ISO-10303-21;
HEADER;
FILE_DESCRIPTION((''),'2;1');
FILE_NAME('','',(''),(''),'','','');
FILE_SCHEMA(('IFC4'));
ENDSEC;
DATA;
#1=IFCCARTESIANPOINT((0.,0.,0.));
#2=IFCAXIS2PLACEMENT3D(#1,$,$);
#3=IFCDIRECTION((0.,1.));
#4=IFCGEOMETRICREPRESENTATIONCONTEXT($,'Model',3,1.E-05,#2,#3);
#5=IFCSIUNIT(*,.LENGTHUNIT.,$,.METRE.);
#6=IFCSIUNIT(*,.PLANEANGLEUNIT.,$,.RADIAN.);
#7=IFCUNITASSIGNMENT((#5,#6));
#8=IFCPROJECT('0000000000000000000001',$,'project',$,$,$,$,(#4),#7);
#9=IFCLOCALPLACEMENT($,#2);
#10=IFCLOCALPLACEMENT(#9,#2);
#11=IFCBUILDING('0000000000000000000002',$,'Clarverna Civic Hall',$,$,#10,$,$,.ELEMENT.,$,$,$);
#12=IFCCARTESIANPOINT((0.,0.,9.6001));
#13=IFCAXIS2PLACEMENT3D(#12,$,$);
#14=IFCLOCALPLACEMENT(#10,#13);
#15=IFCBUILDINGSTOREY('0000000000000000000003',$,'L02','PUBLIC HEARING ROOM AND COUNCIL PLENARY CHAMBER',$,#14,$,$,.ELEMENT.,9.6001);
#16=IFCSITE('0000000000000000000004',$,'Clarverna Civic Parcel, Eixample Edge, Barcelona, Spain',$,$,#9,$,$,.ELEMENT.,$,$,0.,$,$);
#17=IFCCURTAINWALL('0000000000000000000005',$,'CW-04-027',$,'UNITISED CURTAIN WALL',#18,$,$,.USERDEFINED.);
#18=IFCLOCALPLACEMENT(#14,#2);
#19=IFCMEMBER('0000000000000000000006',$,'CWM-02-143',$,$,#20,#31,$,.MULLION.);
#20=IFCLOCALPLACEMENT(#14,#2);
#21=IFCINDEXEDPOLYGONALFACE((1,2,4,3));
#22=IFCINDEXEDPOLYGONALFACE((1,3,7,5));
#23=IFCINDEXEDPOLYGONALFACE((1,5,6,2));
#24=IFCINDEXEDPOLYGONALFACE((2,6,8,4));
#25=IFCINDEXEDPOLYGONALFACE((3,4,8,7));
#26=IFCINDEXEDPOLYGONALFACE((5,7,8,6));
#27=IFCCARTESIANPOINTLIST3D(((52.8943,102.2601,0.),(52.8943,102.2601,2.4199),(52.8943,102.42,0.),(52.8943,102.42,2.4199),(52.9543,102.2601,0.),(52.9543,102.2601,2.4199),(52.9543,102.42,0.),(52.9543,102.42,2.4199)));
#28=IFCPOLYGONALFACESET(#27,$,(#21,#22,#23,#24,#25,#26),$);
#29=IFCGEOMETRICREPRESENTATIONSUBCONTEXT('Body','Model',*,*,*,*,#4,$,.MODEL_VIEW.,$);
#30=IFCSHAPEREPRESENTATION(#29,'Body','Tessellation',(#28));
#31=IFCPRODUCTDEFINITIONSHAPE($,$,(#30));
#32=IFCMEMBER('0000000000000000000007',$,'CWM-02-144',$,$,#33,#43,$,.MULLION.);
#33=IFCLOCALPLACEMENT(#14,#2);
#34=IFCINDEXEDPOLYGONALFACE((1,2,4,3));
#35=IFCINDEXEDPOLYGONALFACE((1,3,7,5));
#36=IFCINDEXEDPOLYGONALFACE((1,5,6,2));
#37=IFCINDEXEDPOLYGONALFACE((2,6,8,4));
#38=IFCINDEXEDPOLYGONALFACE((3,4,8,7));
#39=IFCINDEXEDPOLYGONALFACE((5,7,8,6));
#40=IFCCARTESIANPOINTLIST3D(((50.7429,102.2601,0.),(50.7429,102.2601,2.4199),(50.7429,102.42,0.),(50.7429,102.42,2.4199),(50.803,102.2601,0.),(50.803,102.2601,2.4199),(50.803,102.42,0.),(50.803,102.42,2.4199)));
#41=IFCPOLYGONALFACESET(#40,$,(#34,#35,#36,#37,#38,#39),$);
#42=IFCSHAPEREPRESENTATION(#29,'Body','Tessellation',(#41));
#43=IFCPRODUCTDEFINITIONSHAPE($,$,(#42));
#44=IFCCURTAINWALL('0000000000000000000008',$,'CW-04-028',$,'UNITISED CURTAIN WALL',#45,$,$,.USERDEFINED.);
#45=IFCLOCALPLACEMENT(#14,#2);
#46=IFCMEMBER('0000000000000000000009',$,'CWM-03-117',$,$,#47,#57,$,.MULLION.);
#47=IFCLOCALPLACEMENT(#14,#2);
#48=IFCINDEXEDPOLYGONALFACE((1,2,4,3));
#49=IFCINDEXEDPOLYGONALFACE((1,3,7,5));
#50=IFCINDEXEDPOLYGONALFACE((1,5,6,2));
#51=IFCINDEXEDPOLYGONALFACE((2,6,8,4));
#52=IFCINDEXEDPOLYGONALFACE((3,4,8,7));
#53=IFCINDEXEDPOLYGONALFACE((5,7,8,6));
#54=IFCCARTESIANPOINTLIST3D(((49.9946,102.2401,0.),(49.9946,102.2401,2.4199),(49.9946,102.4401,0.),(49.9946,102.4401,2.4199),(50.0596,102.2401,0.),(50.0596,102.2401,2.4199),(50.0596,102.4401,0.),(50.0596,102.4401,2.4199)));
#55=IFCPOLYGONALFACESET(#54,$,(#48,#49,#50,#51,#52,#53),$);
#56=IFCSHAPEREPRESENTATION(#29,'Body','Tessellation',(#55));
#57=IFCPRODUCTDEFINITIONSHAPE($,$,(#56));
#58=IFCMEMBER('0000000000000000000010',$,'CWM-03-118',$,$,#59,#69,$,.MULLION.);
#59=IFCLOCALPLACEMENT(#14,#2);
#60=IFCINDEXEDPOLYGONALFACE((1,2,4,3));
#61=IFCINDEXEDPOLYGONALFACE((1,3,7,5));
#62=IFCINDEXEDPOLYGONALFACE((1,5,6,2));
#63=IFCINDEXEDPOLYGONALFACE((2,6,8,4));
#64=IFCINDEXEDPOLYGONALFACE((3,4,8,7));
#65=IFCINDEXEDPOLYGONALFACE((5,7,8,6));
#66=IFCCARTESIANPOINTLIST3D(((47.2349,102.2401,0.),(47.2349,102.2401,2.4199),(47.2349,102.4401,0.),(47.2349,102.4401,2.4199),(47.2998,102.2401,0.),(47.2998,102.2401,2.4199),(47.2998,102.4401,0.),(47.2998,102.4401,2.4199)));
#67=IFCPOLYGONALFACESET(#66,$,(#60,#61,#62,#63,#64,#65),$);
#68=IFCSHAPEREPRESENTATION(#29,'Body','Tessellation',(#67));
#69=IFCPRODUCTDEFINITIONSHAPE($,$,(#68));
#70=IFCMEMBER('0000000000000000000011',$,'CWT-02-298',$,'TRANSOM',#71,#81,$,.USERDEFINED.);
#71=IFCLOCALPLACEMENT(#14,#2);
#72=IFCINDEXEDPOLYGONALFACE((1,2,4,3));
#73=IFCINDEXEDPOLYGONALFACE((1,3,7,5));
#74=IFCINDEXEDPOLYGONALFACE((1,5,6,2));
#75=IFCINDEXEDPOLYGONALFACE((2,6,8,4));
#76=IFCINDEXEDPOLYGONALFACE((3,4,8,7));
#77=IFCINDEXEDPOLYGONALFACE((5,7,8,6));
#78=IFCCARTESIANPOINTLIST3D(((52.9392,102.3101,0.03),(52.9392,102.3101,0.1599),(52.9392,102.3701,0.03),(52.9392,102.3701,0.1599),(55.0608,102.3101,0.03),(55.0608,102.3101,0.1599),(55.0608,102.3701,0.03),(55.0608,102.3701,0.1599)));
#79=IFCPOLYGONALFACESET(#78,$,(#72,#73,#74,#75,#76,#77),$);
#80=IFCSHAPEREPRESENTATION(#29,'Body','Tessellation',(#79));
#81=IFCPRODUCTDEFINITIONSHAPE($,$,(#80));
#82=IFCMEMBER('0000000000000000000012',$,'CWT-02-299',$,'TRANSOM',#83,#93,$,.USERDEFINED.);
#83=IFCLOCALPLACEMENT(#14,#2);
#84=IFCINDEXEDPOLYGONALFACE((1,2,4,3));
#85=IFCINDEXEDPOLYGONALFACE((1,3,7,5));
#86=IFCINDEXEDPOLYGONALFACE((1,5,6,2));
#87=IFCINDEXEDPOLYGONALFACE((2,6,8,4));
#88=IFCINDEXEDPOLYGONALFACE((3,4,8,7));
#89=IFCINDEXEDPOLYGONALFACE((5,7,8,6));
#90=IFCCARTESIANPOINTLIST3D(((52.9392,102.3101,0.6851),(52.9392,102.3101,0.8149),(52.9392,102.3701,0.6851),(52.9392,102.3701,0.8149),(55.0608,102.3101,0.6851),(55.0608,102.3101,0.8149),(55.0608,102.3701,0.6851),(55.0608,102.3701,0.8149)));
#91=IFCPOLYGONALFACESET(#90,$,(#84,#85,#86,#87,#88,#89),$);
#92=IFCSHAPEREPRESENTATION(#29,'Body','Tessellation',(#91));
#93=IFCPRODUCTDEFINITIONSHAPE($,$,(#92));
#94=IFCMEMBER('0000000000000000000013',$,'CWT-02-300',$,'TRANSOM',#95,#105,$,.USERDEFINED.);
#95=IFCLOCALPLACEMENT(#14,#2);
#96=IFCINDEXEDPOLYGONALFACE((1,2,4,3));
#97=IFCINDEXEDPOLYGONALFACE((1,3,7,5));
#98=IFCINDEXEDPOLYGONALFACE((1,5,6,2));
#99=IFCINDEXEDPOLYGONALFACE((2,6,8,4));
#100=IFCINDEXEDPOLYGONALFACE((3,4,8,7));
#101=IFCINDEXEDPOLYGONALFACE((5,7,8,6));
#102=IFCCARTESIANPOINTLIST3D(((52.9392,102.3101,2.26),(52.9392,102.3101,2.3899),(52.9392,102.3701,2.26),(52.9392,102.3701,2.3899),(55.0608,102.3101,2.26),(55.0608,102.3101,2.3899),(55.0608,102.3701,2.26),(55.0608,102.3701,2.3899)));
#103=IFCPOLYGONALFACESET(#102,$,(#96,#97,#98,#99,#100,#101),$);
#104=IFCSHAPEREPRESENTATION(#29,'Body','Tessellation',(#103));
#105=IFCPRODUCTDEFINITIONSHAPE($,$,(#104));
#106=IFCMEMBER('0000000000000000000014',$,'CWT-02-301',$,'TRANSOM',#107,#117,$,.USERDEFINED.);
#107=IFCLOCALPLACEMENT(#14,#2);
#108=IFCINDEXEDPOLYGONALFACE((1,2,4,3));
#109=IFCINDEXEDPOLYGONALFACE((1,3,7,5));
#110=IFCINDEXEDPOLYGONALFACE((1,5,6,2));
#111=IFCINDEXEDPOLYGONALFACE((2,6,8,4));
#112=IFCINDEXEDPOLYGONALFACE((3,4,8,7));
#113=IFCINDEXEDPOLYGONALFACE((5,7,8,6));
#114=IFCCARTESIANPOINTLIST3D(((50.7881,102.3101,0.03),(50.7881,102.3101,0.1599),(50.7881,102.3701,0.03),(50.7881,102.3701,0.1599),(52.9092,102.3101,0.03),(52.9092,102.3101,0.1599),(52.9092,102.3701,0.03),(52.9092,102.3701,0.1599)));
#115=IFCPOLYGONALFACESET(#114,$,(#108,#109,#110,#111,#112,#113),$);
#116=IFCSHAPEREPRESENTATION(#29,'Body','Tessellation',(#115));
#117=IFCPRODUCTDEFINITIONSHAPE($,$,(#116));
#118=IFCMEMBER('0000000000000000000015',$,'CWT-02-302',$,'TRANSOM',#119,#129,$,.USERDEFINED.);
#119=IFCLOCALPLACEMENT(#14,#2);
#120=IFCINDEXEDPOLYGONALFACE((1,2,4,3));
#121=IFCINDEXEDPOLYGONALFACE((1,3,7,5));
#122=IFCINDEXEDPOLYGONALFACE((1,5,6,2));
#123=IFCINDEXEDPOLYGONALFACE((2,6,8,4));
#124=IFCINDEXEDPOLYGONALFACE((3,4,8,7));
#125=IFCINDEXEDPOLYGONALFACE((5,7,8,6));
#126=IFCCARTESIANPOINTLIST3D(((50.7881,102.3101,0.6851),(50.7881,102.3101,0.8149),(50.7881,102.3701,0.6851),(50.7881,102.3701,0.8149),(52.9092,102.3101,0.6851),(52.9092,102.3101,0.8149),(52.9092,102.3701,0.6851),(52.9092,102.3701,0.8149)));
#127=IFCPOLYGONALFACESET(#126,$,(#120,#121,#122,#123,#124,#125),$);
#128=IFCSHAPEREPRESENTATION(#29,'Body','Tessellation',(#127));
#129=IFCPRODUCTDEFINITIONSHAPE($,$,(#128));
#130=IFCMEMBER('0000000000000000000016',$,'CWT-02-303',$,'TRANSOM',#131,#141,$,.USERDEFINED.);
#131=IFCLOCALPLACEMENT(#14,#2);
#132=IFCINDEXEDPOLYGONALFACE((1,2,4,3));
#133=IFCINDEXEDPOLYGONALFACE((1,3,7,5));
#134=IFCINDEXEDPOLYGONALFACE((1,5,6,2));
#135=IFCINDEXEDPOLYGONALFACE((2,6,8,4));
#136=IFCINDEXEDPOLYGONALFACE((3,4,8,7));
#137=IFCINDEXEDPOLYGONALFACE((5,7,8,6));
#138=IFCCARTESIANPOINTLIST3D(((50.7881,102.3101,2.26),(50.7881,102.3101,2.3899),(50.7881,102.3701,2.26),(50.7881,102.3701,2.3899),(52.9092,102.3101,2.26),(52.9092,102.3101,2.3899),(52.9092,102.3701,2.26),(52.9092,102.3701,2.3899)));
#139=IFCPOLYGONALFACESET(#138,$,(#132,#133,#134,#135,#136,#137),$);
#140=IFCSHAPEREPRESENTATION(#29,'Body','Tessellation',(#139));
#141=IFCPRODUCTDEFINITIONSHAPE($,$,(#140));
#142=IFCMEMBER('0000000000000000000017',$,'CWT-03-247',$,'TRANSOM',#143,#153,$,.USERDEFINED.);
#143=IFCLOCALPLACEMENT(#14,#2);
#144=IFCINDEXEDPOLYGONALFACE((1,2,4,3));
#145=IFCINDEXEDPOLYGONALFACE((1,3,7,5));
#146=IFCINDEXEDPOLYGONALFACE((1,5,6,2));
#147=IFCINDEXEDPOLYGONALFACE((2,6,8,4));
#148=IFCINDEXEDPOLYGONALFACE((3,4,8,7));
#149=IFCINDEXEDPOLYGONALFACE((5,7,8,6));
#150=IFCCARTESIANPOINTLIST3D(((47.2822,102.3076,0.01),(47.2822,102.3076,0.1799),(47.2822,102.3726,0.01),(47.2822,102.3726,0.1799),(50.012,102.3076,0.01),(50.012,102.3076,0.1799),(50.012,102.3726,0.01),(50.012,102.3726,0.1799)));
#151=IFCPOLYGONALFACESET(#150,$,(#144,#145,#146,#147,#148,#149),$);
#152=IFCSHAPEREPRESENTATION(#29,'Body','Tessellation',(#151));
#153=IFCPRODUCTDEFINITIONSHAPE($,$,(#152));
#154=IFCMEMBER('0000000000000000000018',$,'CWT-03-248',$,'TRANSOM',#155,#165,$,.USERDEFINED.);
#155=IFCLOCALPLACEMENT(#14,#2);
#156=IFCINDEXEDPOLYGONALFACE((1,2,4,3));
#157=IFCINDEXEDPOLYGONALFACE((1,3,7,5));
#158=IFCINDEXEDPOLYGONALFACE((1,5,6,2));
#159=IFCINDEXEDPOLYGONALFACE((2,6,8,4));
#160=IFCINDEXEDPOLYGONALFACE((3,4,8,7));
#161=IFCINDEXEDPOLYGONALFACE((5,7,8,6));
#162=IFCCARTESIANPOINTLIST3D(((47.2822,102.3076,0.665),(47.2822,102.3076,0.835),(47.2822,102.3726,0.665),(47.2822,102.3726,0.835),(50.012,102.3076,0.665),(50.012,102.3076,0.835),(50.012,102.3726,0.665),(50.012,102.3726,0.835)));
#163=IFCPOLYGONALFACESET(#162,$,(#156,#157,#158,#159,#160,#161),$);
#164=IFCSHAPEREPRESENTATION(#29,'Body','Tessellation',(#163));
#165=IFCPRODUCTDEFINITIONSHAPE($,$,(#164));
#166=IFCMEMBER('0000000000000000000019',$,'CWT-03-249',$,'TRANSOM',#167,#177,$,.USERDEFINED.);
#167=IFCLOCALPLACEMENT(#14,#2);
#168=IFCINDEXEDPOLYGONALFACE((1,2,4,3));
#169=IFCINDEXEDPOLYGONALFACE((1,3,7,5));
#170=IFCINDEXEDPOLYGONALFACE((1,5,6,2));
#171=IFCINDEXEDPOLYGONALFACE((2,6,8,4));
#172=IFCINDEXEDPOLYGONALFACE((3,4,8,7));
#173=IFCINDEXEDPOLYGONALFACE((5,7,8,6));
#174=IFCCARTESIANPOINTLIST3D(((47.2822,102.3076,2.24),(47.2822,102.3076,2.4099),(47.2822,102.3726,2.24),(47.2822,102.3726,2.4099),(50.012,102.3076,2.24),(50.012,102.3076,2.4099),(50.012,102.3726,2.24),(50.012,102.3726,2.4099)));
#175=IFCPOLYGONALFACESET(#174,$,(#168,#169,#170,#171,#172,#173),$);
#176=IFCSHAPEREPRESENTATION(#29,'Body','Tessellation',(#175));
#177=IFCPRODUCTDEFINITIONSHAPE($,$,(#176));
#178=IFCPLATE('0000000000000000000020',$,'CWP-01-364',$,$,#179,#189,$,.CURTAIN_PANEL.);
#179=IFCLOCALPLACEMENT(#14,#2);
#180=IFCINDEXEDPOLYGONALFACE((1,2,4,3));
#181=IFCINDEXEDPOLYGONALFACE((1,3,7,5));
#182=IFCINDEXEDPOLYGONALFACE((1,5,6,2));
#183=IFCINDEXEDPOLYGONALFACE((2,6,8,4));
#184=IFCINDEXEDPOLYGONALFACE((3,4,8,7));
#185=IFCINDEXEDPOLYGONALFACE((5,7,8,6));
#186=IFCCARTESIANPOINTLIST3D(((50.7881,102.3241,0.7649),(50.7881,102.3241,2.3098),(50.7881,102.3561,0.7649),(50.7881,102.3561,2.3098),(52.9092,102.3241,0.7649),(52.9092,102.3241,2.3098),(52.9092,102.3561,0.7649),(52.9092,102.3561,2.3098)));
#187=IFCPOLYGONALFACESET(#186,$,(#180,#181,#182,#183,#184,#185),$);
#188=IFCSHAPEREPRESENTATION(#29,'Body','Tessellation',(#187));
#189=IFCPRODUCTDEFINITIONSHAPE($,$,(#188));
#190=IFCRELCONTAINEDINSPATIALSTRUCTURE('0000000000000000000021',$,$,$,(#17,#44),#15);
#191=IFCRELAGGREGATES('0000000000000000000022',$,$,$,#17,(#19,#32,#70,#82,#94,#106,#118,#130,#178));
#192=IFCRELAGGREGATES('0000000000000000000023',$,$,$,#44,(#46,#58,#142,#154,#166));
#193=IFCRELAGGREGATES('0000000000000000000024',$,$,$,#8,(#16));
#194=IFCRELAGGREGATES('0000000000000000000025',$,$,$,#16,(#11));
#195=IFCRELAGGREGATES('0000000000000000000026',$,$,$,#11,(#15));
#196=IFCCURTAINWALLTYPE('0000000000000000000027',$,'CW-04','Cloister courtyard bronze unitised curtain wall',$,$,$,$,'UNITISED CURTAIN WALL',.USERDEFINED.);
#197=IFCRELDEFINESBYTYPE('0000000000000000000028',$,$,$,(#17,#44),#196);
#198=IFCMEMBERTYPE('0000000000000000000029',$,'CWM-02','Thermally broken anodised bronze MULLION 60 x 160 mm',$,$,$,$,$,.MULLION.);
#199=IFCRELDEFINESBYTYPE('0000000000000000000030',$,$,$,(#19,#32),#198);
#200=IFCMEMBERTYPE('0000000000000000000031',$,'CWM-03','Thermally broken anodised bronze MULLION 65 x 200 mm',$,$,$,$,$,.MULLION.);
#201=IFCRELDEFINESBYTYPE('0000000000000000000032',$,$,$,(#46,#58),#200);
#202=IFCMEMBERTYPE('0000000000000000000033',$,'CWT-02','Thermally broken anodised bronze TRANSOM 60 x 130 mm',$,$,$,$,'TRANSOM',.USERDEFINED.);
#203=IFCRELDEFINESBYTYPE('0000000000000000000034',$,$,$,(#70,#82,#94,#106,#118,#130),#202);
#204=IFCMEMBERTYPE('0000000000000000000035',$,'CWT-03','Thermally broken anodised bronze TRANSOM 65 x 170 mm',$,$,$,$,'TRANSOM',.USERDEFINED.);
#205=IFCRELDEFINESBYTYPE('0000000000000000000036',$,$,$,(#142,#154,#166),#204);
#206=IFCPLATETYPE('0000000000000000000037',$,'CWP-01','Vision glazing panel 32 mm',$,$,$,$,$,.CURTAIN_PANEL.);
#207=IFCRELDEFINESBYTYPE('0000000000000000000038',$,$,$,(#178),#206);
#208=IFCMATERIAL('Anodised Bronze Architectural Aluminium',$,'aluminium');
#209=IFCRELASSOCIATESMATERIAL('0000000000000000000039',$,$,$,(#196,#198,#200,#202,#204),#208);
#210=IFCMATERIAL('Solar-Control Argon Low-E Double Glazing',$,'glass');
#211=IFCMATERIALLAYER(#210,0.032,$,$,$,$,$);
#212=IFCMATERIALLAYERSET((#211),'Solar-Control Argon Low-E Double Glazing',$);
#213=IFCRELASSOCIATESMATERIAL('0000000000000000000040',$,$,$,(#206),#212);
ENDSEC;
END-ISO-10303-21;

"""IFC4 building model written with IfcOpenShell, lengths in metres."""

from ifc_helpers import new_model, si_unit, direction, frame, frame_2d, origin, origin_2d, place, context, subcontext, project, spatial, rectangle, extrude, material, layer, layer_set, material_profile, profile_set, type_object, element, aggregate, save


model = new_model("IFC4")

# Units and contexts
model_context = context("Model", 3, precision=1e-05, world=origin(), true_north=direction((0.0, 1.0)))
body_context = subcontext(model_context, "Body", "Model", "MODEL_VIEW")
ifc_project = project(units=[si_unit("LENGTHUNIT", "METRE"), si_unit("PLANEANGLEUNIT", "RADIAN")], contexts=[model_context])

# Site, building, storey
site_placement = place(None, origin())
site = spatial("IfcSite", under=ifc_project, at=site_placement, Name="Clarverna Civic Parcel, Eixample Edge, Barcelona, Spain", CompositionType="ELEMENT", RefElevation=0.0)
building_placement = place(site_placement, origin())
building = spatial("IfcBuilding", under=site, at=building_placement, Name="Clarverna Civic Hall", CompositionType="ELEMENT")
storey_placement = place(building_placement, frame((0.0, 0.0, 9.6001)))
storey = spatial("IfcBuildingStorey", under=building, at=storey_placement, Name="L02", Description="PUBLIC HEARING ROOM AND COUNCIL PLENARY CHAMBER", CompositionType="ELEMENT", Elevation=9.6001)

# Curtain walls, members
ifc_material_1 = material(Name="Anodised Bronze Architectural Aluminium", Category="aluminium")
curtain_wall_type = type_object("IfcCurtainWallType", Name="CW-04", Description="Cloister courtyard bronze unitised curtain wall", ElementType="UNITISED CURTAIN WALL", PredefinedType="USERDEFINED", material=ifc_material_1)
curtain_wall_1_placement = place(storey_placement, origin())
curtain_wall_1 = element("IfcCurtainWall", 1, at=curtain_wall_1_placement, inside=storey, type_object=curtain_wall_type, Name="CW-04-027", ObjectType="UNITISED CURTAIN WALL", PredefinedType="USERDEFINED")
ifc_material_profile_1 = material_profile(ifc_material_1, rectangle(XDim=0.0601, YDim=0.1599, at=origin_2d()), Name="BRONZE 60x160")
ifc_profile_set_1 = profile_set([ifc_material_profile_1], Name="Anodised Bronze Architectural Aluminium")
member_type_1 = type_object("IfcMemberType", Name="CWM-02", Description="Thermally broken anodised bronze MULLION 60 x 160 mm", PredefinedType="MULLION", material=ifc_profile_set_1)
member_1_placement = place(storey_placement, frame((52.9243, 102.3401, 0.0), z_axis=(0.0, 0.0, 1.0), x_axis=(1.0, 0.0, 0.0)))
member_1 = element("IfcMember", 2, at=member_1_placement, type_object=member_type_1, Name="CWM-02-143", PredefinedType="MULLION", context=body_context, shape_type="SweptSolid", body=[
    extrude(rectangle(XDim=0.0601, YDim=0.1599, at=origin_2d()), origin(), (0.0, 0.0, 1.0), 2.4199),
])
member_2_placement = place(storey_placement, frame((50.7729, 102.3401, 0.0), z_axis=(0.0, 0.0, 1.0), x_axis=(1.0, 0.0, 0.0)))
member_2 = element("IfcMember", 3, at=member_2_placement, type_object=member_type_1, Name="CWM-02-144", PredefinedType="MULLION", context=body_context, shape_type="SweptSolid", body=[
    extrude(rectangle(XDim=0.0601, YDim=0.1599, at=origin_2d()), origin(), (0.0, 0.0, 1.0), 2.4199),
])
curtain_wall_2_placement = place(storey_placement, origin())
curtain_wall_2 = element("IfcCurtainWall", 4, at=curtain_wall_2_placement, inside=storey, type_object=curtain_wall_type, Name="CW-04-028", ObjectType="UNITISED CURTAIN WALL", PredefinedType="USERDEFINED")
ifc_material_profile_2 = material_profile(ifc_material_1, rectangle(XDim=0.0649, YDim=0.2, at=origin_2d()), Name="BRONZE 65x200")
ifc_profile_set_2 = profile_set([ifc_material_profile_2], Name="Anodised Bronze Architectural Aluminium")
member_type_2 = type_object("IfcMemberType", Name="CWM-03", Description="Thermally broken anodised bronze MULLION 65 x 200 mm", PredefinedType="MULLION", material=ifc_profile_set_2)
member_3_placement = place(storey_placement, frame((50.0271, 102.3401, 0.0), z_axis=(0.0, 0.0, 1.0), x_axis=(1.0, 0.0, 0.0)))
member_3 = element("IfcMember", 5, at=member_3_placement, type_object=member_type_2, Name="CWM-03-117", PredefinedType="MULLION", context=body_context, shape_type="SweptSolid", body=[
    extrude(rectangle(XDim=0.0649, YDim=0.2, at=origin_2d()), origin(), (0.0, 0.0, 1.0), 2.4199),
])
member_4_placement = place(storey_placement, frame((47.2673, 102.3401, 0.0), z_axis=(0.0, 0.0, 1.0), x_axis=(1.0, 0.0, 0.0)))
member_4 = element("IfcMember", 6, at=member_4_placement, type_object=member_type_2, Name="CWM-03-118", PredefinedType="MULLION", context=body_context, shape_type="SweptSolid", body=[
    extrude(rectangle(XDim=0.0649, YDim=0.2, at=origin_2d()), origin(), (0.0, 0.0, 1.0), 2.4199),
])

# Members
ifc_material_profile_3 = material_profile(ifc_material_1, rectangle(XDim=0.0601, YDim=0.1299, at=origin_2d()), Name="BRONZE 60x130")
ifc_profile_set_3 = profile_set([ifc_material_profile_3], Name="Anodised Bronze Architectural Aluminium")
member_type_3 = type_object("IfcMemberType", Name="CWT-02", Description="Thermally broken anodised bronze TRANSOM 60 x 130 mm", ElementType="TRANSOM", PredefinedType="USERDEFINED", material=ifc_profile_set_3)
member_5_placement = place(storey_placement, frame((55.0608, 102.3401, 0.095), z_axis=(-1.0, 0.0, 0.0), x_axis=(0.0, -1.0, 0.0)))
member_5 = element("IfcMember", 7, at=member_5_placement, type_object=member_type_3, Name="CWT-02-298", ObjectType="TRANSOM", PredefinedType="USERDEFINED", context=body_context, shape_type="SweptSolid", body=[
    extrude(rectangle(XDim=0.0601, YDim=0.1299, at=origin_2d()), origin(), (0.0, 0.0, 1.0), 2.1216),
])
member_6_placement = place(storey_placement, frame((55.0608, 102.3401, 0.75), z_axis=(-1.0, 0.0, 0.0), x_axis=(0.0, -1.0, 0.0)))
member_6 = element("IfcMember", 8, at=member_6_placement, type_object=member_type_3, Name="CWT-02-299", ObjectType="TRANSOM", PredefinedType="USERDEFINED", context=body_context, shape_type="SweptSolid", body=[
    extrude(rectangle(XDim=0.0601, YDim=0.1299, at=origin_2d()), origin(), (0.0, 0.0, 1.0), 2.1216),
])
member_7_placement = place(storey_placement, frame((55.0608, 102.3401, 2.325), z_axis=(-1.0, 0.0, 0.0), x_axis=(0.0, -1.0, 0.0)))
member_7 = element("IfcMember", 9, at=member_7_placement, type_object=member_type_3, Name="CWT-02-300", ObjectType="TRANSOM", PredefinedType="USERDEFINED", context=body_context, shape_type="SweptSolid", body=[
    extrude(rectangle(XDim=0.0601, YDim=0.1299, at=origin_2d()), origin(), (0.0, 0.0, 1.0), 2.1216),
])
member_8_placement = place(storey_placement, frame((52.9092, 102.3401, 0.095), z_axis=(-1.0, 0.0, 0.0), x_axis=(0.0, -1.0, 0.0)))
member_8 = element("IfcMember", 10, at=member_8_placement, type_object=member_type_3, Name="CWT-02-301", ObjectType="TRANSOM", PredefinedType="USERDEFINED", context=body_context, shape_type="SweptSolid", body=[
    extrude(rectangle(XDim=0.0601, YDim=0.1299, at=origin_2d()), origin(), (0.0, 0.0, 1.0), 2.1211),
])
member_9_placement = place(storey_placement, frame((52.9092, 102.3401, 0.75), z_axis=(-1.0, 0.0, 0.0), x_axis=(0.0, -1.0, 0.0)))
member_9 = element("IfcMember", 11, at=member_9_placement, type_object=member_type_3, Name="CWT-02-302", ObjectType="TRANSOM", PredefinedType="USERDEFINED", context=body_context, shape_type="SweptSolid", body=[
    extrude(rectangle(XDim=0.0601, YDim=0.1299, at=origin_2d()), origin(), (0.0, 0.0, 1.0), 2.1211),
])
member_10_placement = place(storey_placement, frame((52.9092, 102.3401, 2.325), z_axis=(-1.0, 0.0, 0.0), x_axis=(0.0, -1.0, 0.0)))
member_10 = element("IfcMember", 12, at=member_10_placement, type_object=member_type_3, Name="CWT-02-303", ObjectType="TRANSOM", PredefinedType="USERDEFINED", context=body_context, shape_type="SweptSolid", body=[
    extrude(rectangle(XDim=0.0601, YDim=0.1299, at=origin_2d()), origin(), (0.0, 0.0, 1.0), 2.1211),
])
ifc_material_profile_4 = material_profile(ifc_material_1, rectangle(XDim=0.0649, YDim=0.1699, at=origin_2d()), Name="BRONZE 65x170")
ifc_profile_set_4 = profile_set([ifc_material_profile_4], Name="Anodised Bronze Architectural Aluminium")
member_type_4 = type_object("IfcMemberType", Name="CWT-03", Description="Thermally broken anodised bronze TRANSOM 65 x 170 mm", ElementType="TRANSOM", PredefinedType="USERDEFINED", material=ifc_profile_set_4)
member_11_placement = place(storey_placement, frame((50.012, 102.3401, 0.095), z_axis=(-1.0, 0.0, 0.0), x_axis=(0.0, -1.0, 0.0)))
member_11 = element("IfcMember", 13, at=member_11_placement, type_object=member_type_4, Name="CWT-03-247", ObjectType="TRANSOM", PredefinedType="USERDEFINED", context=body_context, shape_type="SweptSolid", body=[
    extrude(rectangle(XDim=0.0649, YDim=0.1699, at=origin_2d()), origin(), (0.0, 0.0, 1.0), 2.7297),
])
member_12_placement = place(storey_placement, frame((50.012, 102.3401, 0.75), z_axis=(-1.0, 0.0, 0.0), x_axis=(0.0, -1.0, 0.0)))
member_12 = element("IfcMember", 14, at=member_12_placement, type_object=member_type_4, Name="CWT-03-248", ObjectType="TRANSOM", PredefinedType="USERDEFINED", context=body_context, shape_type="SweptSolid", body=[
    extrude(rectangle(XDim=0.0649, YDim=0.1699, at=origin_2d()), origin(), (0.0, 0.0, 1.0), 2.7297),
])
member_13_placement = place(storey_placement, frame((50.012, 102.3401, 2.325), z_axis=(-1.0, 0.0, 0.0), x_axis=(0.0, -1.0, 0.0)))
member_13 = element("IfcMember", 15, at=member_13_placement, type_object=member_type_4, Name="CWT-03-249", ObjectType="TRANSOM", PredefinedType="USERDEFINED", context=body_context, shape_type="SweptSolid", body=[
    extrude(rectangle(XDim=0.0649, YDim=0.1699, at=origin_2d()), origin(), (0.0, 0.0, 1.0), 2.7297),
])

# Plate
ifc_material_2 = material(Name="Solar-Control Argon Low-E Double Glazing", Category="glass")
ifc_layer_1 = layer(ifc_material_2, 0.032)
ifc_layer_set_1 = layer_set([ifc_layer_1], Name="Solar-Control Argon Low-E Double Glazing")
plate_type_1 = type_object("IfcPlateType", Name="CWP-01", Description="Vision glazing panel 32 mm", PredefinedType="CURTAIN_PANEL", material=ifc_layer_set_1)
plate_1_placement = place(storey_placement, frame((52.9092, 102.3401, 0.7649), z_axis=(0.0, 0.0, 1.0), x_axis=(-1.0, 0.0, 0.0)))
plate_1 = element("IfcPlate", 16, at=plate_1_placement, type_object=plate_type_1, Name="CWP-01-364", PredefinedType="CURTAIN_PANEL", context=body_context, shape_type="SweptSolid", body=[
    extrude(rectangle(XDim=2.1211, YDim=0.032, at=frame_2d((1.0605, 0.0))), origin(), (0.0, 0.0, 1.0), 1.5449),
])
aggregate(curtain_wall_1, [member_1, member_2, member_5, member_6, member_7, member_8, member_9, member_10, plate_1])
aggregate(curtain_wall_2, [member_3, member_4, member_11, member_12, member_13])

save(model, "model.ifc")
